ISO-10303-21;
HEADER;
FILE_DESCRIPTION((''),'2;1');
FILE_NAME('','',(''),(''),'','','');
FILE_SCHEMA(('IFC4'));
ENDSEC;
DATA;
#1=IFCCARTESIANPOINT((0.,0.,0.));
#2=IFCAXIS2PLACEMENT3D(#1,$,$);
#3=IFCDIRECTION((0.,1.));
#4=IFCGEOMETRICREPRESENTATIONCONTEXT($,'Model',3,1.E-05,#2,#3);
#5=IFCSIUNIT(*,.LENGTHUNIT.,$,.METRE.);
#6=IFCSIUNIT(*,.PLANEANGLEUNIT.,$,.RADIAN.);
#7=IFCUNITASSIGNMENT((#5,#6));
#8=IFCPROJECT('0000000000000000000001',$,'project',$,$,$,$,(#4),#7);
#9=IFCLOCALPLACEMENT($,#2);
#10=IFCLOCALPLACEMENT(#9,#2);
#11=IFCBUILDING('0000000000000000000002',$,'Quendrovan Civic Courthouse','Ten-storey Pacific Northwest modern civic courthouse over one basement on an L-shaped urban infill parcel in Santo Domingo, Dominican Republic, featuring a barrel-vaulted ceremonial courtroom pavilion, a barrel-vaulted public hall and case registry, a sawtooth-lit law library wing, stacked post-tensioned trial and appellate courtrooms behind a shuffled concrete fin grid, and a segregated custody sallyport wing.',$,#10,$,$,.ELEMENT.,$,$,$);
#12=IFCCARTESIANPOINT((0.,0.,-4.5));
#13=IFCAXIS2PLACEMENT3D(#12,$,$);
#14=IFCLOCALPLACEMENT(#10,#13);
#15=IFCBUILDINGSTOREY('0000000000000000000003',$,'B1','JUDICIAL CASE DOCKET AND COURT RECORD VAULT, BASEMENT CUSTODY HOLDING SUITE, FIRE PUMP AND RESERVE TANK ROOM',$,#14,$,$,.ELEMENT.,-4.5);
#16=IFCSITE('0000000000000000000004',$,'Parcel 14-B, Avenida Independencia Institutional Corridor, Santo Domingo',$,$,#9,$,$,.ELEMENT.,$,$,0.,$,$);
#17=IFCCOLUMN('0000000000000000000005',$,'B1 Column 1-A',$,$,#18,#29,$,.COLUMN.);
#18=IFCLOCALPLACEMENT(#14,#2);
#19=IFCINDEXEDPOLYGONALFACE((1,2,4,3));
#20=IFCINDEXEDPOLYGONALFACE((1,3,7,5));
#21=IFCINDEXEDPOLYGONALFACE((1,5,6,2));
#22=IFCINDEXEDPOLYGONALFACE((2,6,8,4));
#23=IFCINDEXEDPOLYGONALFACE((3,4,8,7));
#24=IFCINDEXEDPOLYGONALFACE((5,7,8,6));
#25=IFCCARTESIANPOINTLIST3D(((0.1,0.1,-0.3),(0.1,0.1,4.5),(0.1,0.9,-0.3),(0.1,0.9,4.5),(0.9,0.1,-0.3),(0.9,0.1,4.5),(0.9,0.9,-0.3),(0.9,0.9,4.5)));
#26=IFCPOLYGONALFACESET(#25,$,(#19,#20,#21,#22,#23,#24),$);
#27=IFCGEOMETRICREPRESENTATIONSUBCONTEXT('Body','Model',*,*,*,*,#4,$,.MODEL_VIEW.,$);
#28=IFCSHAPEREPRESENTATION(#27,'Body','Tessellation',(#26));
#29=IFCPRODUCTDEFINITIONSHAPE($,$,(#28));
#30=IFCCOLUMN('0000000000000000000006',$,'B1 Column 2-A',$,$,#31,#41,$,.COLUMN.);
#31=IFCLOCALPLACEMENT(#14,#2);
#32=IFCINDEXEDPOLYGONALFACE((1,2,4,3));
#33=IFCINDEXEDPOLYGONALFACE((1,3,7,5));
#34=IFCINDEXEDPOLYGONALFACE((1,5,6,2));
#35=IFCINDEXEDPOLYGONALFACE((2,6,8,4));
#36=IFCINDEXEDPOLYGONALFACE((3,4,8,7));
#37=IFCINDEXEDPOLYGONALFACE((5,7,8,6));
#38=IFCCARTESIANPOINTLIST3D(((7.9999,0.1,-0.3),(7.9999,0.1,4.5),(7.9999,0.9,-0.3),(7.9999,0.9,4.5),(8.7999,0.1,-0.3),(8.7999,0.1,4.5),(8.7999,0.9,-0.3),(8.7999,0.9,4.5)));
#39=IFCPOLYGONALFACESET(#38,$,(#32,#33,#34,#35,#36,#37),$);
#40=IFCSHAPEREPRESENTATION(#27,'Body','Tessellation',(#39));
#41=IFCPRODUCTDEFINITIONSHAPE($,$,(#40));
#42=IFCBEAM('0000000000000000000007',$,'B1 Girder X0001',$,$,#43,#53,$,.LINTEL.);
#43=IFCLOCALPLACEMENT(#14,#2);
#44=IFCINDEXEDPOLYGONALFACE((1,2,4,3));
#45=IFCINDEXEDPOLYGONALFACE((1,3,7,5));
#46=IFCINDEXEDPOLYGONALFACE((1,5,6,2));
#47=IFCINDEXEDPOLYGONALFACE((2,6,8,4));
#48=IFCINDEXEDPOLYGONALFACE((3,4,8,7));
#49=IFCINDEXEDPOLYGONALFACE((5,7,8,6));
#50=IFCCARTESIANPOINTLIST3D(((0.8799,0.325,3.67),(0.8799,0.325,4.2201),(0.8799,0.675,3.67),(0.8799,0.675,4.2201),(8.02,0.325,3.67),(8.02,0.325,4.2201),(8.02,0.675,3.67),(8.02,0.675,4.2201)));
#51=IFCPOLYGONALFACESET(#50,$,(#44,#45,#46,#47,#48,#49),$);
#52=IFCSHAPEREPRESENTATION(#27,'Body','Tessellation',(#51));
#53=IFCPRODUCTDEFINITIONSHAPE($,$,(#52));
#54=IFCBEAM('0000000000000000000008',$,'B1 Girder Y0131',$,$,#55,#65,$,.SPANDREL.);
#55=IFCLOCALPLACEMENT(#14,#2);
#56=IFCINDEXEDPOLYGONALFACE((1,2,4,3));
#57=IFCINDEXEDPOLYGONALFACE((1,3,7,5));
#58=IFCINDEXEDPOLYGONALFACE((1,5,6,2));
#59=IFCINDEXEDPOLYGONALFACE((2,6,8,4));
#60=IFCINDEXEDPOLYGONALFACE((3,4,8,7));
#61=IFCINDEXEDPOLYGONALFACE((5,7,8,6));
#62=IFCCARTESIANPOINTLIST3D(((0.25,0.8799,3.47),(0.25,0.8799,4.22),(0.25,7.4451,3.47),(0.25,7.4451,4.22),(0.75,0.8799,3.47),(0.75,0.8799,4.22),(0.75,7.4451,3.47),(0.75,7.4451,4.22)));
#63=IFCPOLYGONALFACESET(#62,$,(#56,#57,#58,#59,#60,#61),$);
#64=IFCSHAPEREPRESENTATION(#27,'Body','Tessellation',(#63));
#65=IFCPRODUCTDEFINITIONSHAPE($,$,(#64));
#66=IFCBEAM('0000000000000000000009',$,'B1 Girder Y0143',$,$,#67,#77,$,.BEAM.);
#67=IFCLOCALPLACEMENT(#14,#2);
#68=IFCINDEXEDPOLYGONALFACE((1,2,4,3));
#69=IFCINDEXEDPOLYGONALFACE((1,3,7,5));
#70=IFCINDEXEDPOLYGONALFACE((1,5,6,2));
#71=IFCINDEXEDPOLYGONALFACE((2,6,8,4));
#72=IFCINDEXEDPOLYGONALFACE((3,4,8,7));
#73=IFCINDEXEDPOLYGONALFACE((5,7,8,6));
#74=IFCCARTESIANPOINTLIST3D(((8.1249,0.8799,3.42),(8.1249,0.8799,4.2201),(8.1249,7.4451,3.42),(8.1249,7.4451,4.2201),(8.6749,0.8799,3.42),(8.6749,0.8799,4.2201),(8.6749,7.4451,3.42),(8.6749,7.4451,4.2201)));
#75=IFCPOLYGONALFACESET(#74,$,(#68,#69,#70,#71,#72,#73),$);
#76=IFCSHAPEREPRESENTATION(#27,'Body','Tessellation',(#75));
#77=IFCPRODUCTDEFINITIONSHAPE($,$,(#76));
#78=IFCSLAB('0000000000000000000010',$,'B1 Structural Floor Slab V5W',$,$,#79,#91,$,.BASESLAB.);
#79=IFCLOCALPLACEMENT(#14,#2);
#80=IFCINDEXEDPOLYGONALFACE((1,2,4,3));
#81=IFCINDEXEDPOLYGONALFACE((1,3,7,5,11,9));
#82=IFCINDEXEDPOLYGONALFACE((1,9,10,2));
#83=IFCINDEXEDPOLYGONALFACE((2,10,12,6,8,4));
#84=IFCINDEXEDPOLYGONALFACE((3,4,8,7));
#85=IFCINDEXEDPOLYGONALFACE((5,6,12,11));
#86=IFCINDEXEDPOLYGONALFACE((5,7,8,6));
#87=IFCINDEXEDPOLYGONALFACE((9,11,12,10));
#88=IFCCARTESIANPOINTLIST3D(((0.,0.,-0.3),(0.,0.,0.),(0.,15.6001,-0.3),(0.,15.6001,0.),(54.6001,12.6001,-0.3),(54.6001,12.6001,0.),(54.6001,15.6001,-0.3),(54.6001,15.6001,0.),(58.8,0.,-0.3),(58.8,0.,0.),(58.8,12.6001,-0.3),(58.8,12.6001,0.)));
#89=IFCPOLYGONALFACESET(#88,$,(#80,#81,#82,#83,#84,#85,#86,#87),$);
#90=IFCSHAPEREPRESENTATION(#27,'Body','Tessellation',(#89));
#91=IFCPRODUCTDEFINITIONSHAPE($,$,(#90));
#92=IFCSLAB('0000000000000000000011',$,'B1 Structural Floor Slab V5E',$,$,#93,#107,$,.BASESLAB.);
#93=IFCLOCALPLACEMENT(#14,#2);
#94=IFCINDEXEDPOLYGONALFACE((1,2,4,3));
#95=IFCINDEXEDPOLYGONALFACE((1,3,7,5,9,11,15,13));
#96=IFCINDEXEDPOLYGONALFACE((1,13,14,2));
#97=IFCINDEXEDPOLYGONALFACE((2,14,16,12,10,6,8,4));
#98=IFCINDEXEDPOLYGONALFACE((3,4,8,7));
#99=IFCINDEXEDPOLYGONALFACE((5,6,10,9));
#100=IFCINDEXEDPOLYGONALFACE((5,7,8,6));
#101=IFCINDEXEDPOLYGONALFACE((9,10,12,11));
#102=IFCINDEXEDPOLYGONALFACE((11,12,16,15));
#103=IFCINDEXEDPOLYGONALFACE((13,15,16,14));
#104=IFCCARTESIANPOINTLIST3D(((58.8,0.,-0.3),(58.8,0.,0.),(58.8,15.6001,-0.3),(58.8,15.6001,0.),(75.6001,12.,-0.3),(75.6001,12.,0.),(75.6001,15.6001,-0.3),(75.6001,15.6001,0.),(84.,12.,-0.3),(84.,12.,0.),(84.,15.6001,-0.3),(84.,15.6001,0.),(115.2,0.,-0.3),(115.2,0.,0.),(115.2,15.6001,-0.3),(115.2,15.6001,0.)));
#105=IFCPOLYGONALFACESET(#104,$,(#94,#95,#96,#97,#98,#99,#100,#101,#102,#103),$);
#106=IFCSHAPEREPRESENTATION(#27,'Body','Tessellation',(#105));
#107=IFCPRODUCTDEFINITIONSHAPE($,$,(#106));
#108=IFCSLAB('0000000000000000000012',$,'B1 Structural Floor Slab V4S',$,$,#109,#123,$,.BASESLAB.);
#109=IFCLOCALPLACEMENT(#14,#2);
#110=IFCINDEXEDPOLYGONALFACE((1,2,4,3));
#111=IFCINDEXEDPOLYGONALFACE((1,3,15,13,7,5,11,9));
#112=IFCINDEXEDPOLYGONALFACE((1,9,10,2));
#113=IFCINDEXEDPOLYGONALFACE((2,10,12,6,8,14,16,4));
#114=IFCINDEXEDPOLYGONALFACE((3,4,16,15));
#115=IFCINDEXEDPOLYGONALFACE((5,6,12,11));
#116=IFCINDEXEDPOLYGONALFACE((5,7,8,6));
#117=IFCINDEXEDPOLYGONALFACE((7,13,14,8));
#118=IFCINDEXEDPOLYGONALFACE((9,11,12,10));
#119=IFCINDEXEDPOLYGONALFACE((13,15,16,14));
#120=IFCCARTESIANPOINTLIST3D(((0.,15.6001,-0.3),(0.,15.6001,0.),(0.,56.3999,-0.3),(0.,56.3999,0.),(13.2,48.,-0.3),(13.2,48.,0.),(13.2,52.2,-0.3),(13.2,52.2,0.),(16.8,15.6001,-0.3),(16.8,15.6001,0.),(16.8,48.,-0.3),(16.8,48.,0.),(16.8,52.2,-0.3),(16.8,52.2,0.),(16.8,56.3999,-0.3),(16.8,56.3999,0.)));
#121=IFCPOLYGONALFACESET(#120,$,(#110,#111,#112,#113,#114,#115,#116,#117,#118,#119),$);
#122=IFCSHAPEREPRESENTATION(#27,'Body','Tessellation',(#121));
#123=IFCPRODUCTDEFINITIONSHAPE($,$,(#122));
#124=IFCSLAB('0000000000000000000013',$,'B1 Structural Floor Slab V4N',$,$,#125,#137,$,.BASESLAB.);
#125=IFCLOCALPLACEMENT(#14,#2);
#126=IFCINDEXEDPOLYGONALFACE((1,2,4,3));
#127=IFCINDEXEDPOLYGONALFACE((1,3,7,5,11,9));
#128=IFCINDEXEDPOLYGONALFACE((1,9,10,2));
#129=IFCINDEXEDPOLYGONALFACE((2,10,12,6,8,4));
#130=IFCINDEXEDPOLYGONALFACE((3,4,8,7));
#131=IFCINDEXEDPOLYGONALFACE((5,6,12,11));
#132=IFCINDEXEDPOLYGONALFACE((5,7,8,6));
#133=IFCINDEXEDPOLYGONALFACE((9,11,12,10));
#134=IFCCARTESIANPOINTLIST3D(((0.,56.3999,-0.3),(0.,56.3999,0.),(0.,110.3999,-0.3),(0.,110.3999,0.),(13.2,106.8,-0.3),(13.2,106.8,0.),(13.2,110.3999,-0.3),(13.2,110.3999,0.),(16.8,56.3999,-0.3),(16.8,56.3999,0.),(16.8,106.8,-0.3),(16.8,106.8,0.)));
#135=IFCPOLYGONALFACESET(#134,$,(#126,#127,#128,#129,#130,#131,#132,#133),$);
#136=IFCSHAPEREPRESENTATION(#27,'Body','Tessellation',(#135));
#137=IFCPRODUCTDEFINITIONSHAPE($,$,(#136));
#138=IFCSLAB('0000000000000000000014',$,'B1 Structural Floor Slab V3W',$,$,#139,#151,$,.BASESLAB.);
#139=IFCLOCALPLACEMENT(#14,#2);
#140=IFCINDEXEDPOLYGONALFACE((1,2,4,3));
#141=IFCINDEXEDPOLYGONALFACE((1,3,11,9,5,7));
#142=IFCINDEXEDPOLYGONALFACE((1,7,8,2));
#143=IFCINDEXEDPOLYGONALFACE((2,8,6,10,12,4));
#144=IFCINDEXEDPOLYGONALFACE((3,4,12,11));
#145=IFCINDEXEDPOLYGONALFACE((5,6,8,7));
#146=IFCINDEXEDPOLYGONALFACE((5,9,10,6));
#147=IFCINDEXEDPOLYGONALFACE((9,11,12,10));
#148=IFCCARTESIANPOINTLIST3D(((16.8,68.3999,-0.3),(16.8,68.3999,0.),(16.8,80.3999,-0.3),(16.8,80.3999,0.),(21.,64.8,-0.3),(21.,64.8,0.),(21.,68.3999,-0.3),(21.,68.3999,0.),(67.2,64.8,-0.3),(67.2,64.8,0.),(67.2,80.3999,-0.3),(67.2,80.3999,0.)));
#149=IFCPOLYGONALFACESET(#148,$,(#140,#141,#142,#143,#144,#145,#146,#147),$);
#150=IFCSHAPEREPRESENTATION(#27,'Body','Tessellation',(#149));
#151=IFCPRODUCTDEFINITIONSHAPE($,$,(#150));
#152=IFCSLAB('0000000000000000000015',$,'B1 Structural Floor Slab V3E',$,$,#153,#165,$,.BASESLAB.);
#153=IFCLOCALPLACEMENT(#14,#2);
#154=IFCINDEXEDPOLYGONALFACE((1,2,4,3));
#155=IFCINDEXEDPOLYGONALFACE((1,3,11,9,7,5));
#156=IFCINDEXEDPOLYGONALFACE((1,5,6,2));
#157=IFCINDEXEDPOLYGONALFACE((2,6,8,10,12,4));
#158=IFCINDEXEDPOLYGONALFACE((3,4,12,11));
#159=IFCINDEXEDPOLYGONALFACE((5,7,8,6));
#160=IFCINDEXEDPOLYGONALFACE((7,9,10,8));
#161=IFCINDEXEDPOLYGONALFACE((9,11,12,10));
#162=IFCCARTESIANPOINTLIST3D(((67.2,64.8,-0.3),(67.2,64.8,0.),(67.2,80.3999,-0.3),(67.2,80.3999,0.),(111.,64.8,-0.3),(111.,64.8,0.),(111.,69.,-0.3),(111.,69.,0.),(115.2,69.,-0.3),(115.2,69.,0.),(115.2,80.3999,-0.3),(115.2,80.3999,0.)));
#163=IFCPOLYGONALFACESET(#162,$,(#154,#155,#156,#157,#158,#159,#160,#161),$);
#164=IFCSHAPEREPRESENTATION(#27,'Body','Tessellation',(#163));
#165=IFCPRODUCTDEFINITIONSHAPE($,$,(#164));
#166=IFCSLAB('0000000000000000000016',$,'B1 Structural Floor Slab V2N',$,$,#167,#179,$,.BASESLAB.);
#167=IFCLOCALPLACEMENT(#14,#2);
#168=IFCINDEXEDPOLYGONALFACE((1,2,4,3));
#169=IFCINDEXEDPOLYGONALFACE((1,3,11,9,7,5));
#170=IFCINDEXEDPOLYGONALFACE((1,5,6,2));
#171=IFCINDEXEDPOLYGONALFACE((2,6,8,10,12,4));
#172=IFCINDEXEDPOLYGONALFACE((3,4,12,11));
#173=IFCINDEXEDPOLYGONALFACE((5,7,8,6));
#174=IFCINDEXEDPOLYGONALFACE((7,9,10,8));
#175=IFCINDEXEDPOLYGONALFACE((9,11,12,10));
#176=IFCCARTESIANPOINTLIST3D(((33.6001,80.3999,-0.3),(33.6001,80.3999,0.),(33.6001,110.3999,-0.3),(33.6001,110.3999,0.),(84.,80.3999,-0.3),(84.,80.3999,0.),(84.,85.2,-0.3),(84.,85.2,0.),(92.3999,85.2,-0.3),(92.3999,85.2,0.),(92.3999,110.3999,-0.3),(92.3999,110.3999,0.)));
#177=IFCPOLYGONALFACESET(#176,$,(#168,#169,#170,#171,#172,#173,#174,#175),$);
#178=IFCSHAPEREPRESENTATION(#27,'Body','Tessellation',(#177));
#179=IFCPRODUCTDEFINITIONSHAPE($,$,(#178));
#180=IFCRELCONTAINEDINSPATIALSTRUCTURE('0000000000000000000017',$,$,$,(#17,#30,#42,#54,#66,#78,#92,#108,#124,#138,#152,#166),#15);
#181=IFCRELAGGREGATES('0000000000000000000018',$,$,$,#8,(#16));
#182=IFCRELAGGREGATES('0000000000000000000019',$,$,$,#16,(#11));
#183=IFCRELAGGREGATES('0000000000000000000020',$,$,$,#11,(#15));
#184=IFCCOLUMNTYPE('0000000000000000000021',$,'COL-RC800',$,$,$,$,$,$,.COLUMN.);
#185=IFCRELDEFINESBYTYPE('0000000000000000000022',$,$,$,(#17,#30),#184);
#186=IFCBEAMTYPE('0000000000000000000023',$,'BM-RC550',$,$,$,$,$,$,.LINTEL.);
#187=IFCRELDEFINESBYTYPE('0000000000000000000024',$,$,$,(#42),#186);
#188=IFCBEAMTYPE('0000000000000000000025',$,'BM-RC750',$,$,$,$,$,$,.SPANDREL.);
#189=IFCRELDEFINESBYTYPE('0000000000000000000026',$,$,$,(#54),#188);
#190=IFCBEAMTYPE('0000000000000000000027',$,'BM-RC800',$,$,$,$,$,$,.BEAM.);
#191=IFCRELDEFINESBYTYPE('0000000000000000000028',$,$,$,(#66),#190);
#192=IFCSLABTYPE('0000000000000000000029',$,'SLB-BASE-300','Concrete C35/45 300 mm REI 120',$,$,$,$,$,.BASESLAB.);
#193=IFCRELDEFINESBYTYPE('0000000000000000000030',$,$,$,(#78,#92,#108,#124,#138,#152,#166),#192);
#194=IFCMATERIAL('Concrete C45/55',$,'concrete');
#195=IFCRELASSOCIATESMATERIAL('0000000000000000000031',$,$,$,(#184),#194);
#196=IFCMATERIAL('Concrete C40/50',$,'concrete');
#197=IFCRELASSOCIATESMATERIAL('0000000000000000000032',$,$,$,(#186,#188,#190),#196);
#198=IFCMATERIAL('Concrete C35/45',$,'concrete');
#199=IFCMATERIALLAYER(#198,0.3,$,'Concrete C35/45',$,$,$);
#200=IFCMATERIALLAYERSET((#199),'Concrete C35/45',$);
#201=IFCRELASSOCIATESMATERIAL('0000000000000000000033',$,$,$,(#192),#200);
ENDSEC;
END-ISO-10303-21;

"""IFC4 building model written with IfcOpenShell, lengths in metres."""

from ifc_helpers import new_model, si_unit, direction, frame, origin, origin_2d, place, context, subcontext, project, spatial, polyline, rectangle, outline, extrude, material, layer, layer_set, material_profile, profile_set, type_object, element, save


model = new_model("IFC4")

# Units and contexts
model_context = context("Model", 3, precision=1e-05, world=origin(), true_north=direction((0.0, 1.0)))
body_context = subcontext(model_context, "Body", "Model", "MODEL_VIEW")
ifc_project = project(units=[si_unit("LENGTHUNIT", "METRE"), si_unit("PLANEANGLEUNIT", "RADIAN")], contexts=[model_context])

# Site, building, storey
site_placement = place(None, origin())
site = spatial("IfcSite", under=ifc_project, at=site_placement, Name="Parcel 14-B, Avenida Independencia Institutional Corridor, Santo Domingo", CompositionType="ELEMENT", RefElevation=0.0)
building_placement = place(site_placement, origin())
building = spatial("IfcBuilding", under=site, at=building_placement, Name="Quendrovan Civic Courthouse", Description="Ten-storey Pacific Northwest modern civic courthouse over one basement on an L-shaped urban infill parcel in Santo Domingo, Dominican Republic, featuring a barrel-vaulted ceremonial courtroom pavilion, a barrel-vaulted public hall and case registry, a sawtooth-lit law library wing, stacked post-tensioned trial and appellate courtrooms behind a shuffled concrete fin grid, and a segregated custody sallyport wing.", CompositionType="ELEMENT")
storey_placement = place(building_placement, frame((0.0, 0.0, -4.5)))
storey = spatial("IfcBuildingStorey", under=building, at=storey_placement, Name="B1", Description="JUDICIAL CASE DOCKET AND COURT RECORD VAULT, BASEMENT CUSTODY HOLDING SUITE, FIRE PUMP AND RESERVE TANK ROOM", CompositionType="ELEMENT", Elevation=-4.5)

# Columns
ifc_material_1 = material(Name="Concrete C45/55", Category="concrete")
ifc_material_profile_1 = material_profile(ifc_material_1, rectangle(XDim=0.8, YDim=0.8, at=origin_2d()), Name="RC-COL-800x800")
ifc_profile_set_1 = profile_set([ifc_material_profile_1], Name="Concrete C45/55")
column_type = type_object("IfcColumnType", Name="COL-RC800", PredefinedType="COLUMN", material=ifc_profile_set_1)
for number, where, z_axis, x_axis, name in (
    (1, (0.5, 0.5, -0.3), (0.0, 0.0, 1.0), (1.0, 0.0, 0.0), "B1 Column 1-A"),
    (2, (8.3999, 0.5, -0.3), (0.0, 0.0, 1.0), (1.0, 0.0, 0.0), "B1 Column 2-A"),
):
    element("IfcColumn", number, at=place(storey_placement, frame(where, z_axis=z_axis, x_axis=x_axis)), inside=storey, type_object=column_type, Name=name, PredefinedType="COLUMN", context=body_context, shape_type="SweptSolid", body=[
        extrude(rectangle(XDim=0.8, YDim=0.8, at=origin_2d()), origin(), (0.0, 0.0, 1.0), 4.8),
    ])

# Beams
ifc_material_2 = material(Name="Concrete C40/50", Category="concrete")
ifc_material_profile_2 = material_profile(ifc_material_2, rectangle(XDim=0.3501, YDim=0.55, at=origin_2d()), Name="RC-BM-350x550")
ifc_profile_set_2 = profile_set([ifc_material_profile_2], Name="Concrete C40/50")
beam_type_1 = type_object("IfcBeamType", Name="BM-RC550", PredefinedType="LINTEL", material=ifc_profile_set_2)
beam_1_placement = place(storey_placement, frame((0.8799, 0.5, 3.9451), z_axis=(1.0, 0.0, 0.0), x_axis=(0.0, 1.0, 0.0)))
element("IfcBeam", 3, at=beam_1_placement, inside=storey, type_object=beam_type_1, Name="B1 Girder X0001", PredefinedType="LINTEL", context=body_context, shape_type="SweptSolid", body=[
    extrude(rectangle(XDim=0.3501, YDim=0.55, at=origin_2d()), origin(), (0.0, 0.0, 1.0), 7.1401),
])
ifc_material_profile_3 = material_profile(ifc_material_2, rectangle(XDim=0.5, YDim=0.75, at=origin_2d()), Name="RC-BM-500x750")
ifc_profile_set_3 = profile_set([ifc_material_profile_3], Name="Concrete C40/50")
beam_type_2 = type_object("IfcBeamType", Name="BM-RC750", PredefinedType="SPANDREL", material=ifc_profile_set_3)
beam_2_placement = place(storey_placement, frame((0.5, 0.8799, 3.845), z_axis=(0.0, 1.0, 0.0), x_axis=(-1.0, 0.0, 0.0)))
element("IfcBeam", 4, at=beam_2_placement, inside=storey, type_object=beam_type_2, Name="B1 Girder Y0131", PredefinedType="SPANDREL", context=body_context, shape_type="SweptSolid", body=[
    extrude(rectangle(XDim=0.5, YDim=0.75, at=origin_2d()), origin(), (0.0, 0.0, 1.0), 6.5652),
])
ifc_material_profile_4 = material_profile(ifc_material_2, rectangle(XDim=0.55, YDim=0.8, at=origin_2d()), Name="RC-BM-550x800")
ifc_profile_set_4 = profile_set([ifc_material_profile_4], Name="Concrete C40/50")
beam_type_3 = type_object("IfcBeamType", Name="BM-RC800", PredefinedType="BEAM", material=ifc_profile_set_4)
beam_3_placement = place(storey_placement, frame((8.3999, 0.8799, 3.8201), z_axis=(0.0, 1.0, 0.0), x_axis=(-1.0, 0.0, 0.0)))
element("IfcBeam", 5, at=beam_3_placement, inside=storey, type_object=beam_type_3, Name="B1 Girder Y0143", PredefinedType="BEAM", context=body_context, shape_type="SweptSolid", body=[
    extrude(rectangle(XDim=0.55, YDim=0.8, at=origin_2d()), origin(), (0.0, 0.0, 1.0), 6.5652),
])

# Slabs
ifc_material_3 = material(Name="Concrete C35/45", Category="concrete")
ifc_layer_1 = layer(ifc_material_3, 0.3, Name="Concrete C35/45")
ifc_layer_set_1 = layer_set([ifc_layer_1], Name="Concrete C35/45")
slab_type_1 = type_object("IfcSlabType", Name="SLB-BASE-300", Description="Concrete C35/45 300 mm REI 120", PredefinedType="BASESLAB", material=ifc_layer_set_1)
slab_1_placement = place(storey_placement, frame((0.0, 0.0, -0.3)))
element("IfcSlab", 6, at=slab_1_placement, inside=storey, type_object=slab_type_1, Name="B1 Structural Floor Slab V5W", PredefinedType="BASESLAB", context=body_context, shape_type="SweptSolid", body=[
    extrude(outline(polyline([(58.8, 0.0), (0.0, 0.0), (0.0, 15.6001), (54.6001, 15.6001), (54.6001, 12.6001), (58.8, 12.6001), (58.8, 0.0)])), origin(), (0.0, 0.0, 1.0), 0.3),
])
slab_2_placement = place(storey_placement, frame((0.0, 0.0, -0.3)))
element("IfcSlab", 7, at=slab_2_placement, inside=storey, type_object=slab_type_1, Name="B1 Structural Floor Slab V5E", PredefinedType="BASESLAB", context=body_context, shape_type="SweptSolid", body=[
    extrude(outline(polyline([(115.2, 15.6001), (115.2, 0.0), (58.8, 0.0), (58.8, 15.6001), (75.6001, 15.6001), (75.6001, 12.0), (84.0, 12.0), (84.0, 15.6001), (115.2, 15.6001)])), origin(), (0.0, 0.0, 1.0), 0.3),
])
slab_3_placement = place(storey_placement, frame((0.0, 0.0, -0.3)))
element("IfcSlab", 8, at=slab_3_placement, inside=storey, type_object=slab_type_1, Name="B1 Structural Floor Slab V4S", PredefinedType="BASESLAB", context=body_context, shape_type="SweptSolid", body=[
    extrude(outline(polyline([(16.8, 15.6001), (0.0, 15.6001), (0.0, 56.3999), (16.8, 56.3999), (16.8, 52.2), (13.2, 52.2), (13.2, 48.0), (16.8, 48.0), (16.8, 15.6001)])), origin(), (0.0, 0.0, 1.0), 0.3),
])
slab_4_placement = place(storey_placement, frame((0.0, 0.0, -0.3)))
element("IfcSlab", 9, at=slab_4_placement, inside=storey, type_object=slab_type_1, Name="B1 Structural Floor Slab V4N", PredefinedType="BASESLAB", context=body_context, shape_type="SweptSolid", body=[
    extrude(outline(polyline([(16.8, 56.3999), (0.0, 56.3999), (0.0, 110.3999), (13.2, 110.3999), (13.2, 106.8), (16.8, 106.8), (16.8, 56.3999)])), origin(), (0.0, 0.0, 1.0), 0.3),
])
slab_5_placement = place(storey_placement, frame((0.0, 0.0, -0.3)))
element("IfcSlab", 10, at=slab_5_placement, inside=storey, type_object=slab_type_1, Name="B1 Structural Floor Slab V3W", PredefinedType="BASESLAB", context=body_context, shape_type="SweptSolid", body=[
    extrude(outline(polyline([(16.8, 80.3999), (67.2, 80.3999), (67.2, 64.8), (21.0, 64.8), (21.0, 68.3999), (16.8, 68.3999), (16.8, 80.3999)])), origin(), (0.0, 0.0, 1.0), 0.3),
])
slab_6_placement = place(storey_placement, frame((0.0, 0.0, -0.3)))
element("IfcSlab", 11, at=slab_6_placement, inside=storey, type_object=slab_type_1, Name="B1 Structural Floor Slab V3E", PredefinedType="BASESLAB", context=body_context, shape_type="SweptSolid", body=[
    extrude(outline(polyline([(67.2, 64.8), (67.2, 80.3999), (115.2, 80.3999), (115.2, 69.0), (111.0, 69.0), (111.0, 64.8), (67.2, 64.8)])), origin(), (0.0, 0.0, 1.0), 0.3),
])
slab_7_placement = place(storey_placement, frame((0.0, 0.0, -0.3)))
element("IfcSlab", 12, at=slab_7_placement, inside=storey, type_object=slab_type_1, Name="B1 Structural Floor Slab V2N", PredefinedType="BASESLAB", context=body_context, shape_type="SweptSolid", body=[
    extrude(outline(polyline([(33.6001, 80.3999), (33.6001, 110.3999), (92.3999, 110.3999), (92.3999, 85.2), (84.0, 85.2), (84.0, 80.3999), (33.6001, 80.3999)])), origin(), (0.0, 0.0, 1.0), 0.3),
])

save(model, "model.ifc")
